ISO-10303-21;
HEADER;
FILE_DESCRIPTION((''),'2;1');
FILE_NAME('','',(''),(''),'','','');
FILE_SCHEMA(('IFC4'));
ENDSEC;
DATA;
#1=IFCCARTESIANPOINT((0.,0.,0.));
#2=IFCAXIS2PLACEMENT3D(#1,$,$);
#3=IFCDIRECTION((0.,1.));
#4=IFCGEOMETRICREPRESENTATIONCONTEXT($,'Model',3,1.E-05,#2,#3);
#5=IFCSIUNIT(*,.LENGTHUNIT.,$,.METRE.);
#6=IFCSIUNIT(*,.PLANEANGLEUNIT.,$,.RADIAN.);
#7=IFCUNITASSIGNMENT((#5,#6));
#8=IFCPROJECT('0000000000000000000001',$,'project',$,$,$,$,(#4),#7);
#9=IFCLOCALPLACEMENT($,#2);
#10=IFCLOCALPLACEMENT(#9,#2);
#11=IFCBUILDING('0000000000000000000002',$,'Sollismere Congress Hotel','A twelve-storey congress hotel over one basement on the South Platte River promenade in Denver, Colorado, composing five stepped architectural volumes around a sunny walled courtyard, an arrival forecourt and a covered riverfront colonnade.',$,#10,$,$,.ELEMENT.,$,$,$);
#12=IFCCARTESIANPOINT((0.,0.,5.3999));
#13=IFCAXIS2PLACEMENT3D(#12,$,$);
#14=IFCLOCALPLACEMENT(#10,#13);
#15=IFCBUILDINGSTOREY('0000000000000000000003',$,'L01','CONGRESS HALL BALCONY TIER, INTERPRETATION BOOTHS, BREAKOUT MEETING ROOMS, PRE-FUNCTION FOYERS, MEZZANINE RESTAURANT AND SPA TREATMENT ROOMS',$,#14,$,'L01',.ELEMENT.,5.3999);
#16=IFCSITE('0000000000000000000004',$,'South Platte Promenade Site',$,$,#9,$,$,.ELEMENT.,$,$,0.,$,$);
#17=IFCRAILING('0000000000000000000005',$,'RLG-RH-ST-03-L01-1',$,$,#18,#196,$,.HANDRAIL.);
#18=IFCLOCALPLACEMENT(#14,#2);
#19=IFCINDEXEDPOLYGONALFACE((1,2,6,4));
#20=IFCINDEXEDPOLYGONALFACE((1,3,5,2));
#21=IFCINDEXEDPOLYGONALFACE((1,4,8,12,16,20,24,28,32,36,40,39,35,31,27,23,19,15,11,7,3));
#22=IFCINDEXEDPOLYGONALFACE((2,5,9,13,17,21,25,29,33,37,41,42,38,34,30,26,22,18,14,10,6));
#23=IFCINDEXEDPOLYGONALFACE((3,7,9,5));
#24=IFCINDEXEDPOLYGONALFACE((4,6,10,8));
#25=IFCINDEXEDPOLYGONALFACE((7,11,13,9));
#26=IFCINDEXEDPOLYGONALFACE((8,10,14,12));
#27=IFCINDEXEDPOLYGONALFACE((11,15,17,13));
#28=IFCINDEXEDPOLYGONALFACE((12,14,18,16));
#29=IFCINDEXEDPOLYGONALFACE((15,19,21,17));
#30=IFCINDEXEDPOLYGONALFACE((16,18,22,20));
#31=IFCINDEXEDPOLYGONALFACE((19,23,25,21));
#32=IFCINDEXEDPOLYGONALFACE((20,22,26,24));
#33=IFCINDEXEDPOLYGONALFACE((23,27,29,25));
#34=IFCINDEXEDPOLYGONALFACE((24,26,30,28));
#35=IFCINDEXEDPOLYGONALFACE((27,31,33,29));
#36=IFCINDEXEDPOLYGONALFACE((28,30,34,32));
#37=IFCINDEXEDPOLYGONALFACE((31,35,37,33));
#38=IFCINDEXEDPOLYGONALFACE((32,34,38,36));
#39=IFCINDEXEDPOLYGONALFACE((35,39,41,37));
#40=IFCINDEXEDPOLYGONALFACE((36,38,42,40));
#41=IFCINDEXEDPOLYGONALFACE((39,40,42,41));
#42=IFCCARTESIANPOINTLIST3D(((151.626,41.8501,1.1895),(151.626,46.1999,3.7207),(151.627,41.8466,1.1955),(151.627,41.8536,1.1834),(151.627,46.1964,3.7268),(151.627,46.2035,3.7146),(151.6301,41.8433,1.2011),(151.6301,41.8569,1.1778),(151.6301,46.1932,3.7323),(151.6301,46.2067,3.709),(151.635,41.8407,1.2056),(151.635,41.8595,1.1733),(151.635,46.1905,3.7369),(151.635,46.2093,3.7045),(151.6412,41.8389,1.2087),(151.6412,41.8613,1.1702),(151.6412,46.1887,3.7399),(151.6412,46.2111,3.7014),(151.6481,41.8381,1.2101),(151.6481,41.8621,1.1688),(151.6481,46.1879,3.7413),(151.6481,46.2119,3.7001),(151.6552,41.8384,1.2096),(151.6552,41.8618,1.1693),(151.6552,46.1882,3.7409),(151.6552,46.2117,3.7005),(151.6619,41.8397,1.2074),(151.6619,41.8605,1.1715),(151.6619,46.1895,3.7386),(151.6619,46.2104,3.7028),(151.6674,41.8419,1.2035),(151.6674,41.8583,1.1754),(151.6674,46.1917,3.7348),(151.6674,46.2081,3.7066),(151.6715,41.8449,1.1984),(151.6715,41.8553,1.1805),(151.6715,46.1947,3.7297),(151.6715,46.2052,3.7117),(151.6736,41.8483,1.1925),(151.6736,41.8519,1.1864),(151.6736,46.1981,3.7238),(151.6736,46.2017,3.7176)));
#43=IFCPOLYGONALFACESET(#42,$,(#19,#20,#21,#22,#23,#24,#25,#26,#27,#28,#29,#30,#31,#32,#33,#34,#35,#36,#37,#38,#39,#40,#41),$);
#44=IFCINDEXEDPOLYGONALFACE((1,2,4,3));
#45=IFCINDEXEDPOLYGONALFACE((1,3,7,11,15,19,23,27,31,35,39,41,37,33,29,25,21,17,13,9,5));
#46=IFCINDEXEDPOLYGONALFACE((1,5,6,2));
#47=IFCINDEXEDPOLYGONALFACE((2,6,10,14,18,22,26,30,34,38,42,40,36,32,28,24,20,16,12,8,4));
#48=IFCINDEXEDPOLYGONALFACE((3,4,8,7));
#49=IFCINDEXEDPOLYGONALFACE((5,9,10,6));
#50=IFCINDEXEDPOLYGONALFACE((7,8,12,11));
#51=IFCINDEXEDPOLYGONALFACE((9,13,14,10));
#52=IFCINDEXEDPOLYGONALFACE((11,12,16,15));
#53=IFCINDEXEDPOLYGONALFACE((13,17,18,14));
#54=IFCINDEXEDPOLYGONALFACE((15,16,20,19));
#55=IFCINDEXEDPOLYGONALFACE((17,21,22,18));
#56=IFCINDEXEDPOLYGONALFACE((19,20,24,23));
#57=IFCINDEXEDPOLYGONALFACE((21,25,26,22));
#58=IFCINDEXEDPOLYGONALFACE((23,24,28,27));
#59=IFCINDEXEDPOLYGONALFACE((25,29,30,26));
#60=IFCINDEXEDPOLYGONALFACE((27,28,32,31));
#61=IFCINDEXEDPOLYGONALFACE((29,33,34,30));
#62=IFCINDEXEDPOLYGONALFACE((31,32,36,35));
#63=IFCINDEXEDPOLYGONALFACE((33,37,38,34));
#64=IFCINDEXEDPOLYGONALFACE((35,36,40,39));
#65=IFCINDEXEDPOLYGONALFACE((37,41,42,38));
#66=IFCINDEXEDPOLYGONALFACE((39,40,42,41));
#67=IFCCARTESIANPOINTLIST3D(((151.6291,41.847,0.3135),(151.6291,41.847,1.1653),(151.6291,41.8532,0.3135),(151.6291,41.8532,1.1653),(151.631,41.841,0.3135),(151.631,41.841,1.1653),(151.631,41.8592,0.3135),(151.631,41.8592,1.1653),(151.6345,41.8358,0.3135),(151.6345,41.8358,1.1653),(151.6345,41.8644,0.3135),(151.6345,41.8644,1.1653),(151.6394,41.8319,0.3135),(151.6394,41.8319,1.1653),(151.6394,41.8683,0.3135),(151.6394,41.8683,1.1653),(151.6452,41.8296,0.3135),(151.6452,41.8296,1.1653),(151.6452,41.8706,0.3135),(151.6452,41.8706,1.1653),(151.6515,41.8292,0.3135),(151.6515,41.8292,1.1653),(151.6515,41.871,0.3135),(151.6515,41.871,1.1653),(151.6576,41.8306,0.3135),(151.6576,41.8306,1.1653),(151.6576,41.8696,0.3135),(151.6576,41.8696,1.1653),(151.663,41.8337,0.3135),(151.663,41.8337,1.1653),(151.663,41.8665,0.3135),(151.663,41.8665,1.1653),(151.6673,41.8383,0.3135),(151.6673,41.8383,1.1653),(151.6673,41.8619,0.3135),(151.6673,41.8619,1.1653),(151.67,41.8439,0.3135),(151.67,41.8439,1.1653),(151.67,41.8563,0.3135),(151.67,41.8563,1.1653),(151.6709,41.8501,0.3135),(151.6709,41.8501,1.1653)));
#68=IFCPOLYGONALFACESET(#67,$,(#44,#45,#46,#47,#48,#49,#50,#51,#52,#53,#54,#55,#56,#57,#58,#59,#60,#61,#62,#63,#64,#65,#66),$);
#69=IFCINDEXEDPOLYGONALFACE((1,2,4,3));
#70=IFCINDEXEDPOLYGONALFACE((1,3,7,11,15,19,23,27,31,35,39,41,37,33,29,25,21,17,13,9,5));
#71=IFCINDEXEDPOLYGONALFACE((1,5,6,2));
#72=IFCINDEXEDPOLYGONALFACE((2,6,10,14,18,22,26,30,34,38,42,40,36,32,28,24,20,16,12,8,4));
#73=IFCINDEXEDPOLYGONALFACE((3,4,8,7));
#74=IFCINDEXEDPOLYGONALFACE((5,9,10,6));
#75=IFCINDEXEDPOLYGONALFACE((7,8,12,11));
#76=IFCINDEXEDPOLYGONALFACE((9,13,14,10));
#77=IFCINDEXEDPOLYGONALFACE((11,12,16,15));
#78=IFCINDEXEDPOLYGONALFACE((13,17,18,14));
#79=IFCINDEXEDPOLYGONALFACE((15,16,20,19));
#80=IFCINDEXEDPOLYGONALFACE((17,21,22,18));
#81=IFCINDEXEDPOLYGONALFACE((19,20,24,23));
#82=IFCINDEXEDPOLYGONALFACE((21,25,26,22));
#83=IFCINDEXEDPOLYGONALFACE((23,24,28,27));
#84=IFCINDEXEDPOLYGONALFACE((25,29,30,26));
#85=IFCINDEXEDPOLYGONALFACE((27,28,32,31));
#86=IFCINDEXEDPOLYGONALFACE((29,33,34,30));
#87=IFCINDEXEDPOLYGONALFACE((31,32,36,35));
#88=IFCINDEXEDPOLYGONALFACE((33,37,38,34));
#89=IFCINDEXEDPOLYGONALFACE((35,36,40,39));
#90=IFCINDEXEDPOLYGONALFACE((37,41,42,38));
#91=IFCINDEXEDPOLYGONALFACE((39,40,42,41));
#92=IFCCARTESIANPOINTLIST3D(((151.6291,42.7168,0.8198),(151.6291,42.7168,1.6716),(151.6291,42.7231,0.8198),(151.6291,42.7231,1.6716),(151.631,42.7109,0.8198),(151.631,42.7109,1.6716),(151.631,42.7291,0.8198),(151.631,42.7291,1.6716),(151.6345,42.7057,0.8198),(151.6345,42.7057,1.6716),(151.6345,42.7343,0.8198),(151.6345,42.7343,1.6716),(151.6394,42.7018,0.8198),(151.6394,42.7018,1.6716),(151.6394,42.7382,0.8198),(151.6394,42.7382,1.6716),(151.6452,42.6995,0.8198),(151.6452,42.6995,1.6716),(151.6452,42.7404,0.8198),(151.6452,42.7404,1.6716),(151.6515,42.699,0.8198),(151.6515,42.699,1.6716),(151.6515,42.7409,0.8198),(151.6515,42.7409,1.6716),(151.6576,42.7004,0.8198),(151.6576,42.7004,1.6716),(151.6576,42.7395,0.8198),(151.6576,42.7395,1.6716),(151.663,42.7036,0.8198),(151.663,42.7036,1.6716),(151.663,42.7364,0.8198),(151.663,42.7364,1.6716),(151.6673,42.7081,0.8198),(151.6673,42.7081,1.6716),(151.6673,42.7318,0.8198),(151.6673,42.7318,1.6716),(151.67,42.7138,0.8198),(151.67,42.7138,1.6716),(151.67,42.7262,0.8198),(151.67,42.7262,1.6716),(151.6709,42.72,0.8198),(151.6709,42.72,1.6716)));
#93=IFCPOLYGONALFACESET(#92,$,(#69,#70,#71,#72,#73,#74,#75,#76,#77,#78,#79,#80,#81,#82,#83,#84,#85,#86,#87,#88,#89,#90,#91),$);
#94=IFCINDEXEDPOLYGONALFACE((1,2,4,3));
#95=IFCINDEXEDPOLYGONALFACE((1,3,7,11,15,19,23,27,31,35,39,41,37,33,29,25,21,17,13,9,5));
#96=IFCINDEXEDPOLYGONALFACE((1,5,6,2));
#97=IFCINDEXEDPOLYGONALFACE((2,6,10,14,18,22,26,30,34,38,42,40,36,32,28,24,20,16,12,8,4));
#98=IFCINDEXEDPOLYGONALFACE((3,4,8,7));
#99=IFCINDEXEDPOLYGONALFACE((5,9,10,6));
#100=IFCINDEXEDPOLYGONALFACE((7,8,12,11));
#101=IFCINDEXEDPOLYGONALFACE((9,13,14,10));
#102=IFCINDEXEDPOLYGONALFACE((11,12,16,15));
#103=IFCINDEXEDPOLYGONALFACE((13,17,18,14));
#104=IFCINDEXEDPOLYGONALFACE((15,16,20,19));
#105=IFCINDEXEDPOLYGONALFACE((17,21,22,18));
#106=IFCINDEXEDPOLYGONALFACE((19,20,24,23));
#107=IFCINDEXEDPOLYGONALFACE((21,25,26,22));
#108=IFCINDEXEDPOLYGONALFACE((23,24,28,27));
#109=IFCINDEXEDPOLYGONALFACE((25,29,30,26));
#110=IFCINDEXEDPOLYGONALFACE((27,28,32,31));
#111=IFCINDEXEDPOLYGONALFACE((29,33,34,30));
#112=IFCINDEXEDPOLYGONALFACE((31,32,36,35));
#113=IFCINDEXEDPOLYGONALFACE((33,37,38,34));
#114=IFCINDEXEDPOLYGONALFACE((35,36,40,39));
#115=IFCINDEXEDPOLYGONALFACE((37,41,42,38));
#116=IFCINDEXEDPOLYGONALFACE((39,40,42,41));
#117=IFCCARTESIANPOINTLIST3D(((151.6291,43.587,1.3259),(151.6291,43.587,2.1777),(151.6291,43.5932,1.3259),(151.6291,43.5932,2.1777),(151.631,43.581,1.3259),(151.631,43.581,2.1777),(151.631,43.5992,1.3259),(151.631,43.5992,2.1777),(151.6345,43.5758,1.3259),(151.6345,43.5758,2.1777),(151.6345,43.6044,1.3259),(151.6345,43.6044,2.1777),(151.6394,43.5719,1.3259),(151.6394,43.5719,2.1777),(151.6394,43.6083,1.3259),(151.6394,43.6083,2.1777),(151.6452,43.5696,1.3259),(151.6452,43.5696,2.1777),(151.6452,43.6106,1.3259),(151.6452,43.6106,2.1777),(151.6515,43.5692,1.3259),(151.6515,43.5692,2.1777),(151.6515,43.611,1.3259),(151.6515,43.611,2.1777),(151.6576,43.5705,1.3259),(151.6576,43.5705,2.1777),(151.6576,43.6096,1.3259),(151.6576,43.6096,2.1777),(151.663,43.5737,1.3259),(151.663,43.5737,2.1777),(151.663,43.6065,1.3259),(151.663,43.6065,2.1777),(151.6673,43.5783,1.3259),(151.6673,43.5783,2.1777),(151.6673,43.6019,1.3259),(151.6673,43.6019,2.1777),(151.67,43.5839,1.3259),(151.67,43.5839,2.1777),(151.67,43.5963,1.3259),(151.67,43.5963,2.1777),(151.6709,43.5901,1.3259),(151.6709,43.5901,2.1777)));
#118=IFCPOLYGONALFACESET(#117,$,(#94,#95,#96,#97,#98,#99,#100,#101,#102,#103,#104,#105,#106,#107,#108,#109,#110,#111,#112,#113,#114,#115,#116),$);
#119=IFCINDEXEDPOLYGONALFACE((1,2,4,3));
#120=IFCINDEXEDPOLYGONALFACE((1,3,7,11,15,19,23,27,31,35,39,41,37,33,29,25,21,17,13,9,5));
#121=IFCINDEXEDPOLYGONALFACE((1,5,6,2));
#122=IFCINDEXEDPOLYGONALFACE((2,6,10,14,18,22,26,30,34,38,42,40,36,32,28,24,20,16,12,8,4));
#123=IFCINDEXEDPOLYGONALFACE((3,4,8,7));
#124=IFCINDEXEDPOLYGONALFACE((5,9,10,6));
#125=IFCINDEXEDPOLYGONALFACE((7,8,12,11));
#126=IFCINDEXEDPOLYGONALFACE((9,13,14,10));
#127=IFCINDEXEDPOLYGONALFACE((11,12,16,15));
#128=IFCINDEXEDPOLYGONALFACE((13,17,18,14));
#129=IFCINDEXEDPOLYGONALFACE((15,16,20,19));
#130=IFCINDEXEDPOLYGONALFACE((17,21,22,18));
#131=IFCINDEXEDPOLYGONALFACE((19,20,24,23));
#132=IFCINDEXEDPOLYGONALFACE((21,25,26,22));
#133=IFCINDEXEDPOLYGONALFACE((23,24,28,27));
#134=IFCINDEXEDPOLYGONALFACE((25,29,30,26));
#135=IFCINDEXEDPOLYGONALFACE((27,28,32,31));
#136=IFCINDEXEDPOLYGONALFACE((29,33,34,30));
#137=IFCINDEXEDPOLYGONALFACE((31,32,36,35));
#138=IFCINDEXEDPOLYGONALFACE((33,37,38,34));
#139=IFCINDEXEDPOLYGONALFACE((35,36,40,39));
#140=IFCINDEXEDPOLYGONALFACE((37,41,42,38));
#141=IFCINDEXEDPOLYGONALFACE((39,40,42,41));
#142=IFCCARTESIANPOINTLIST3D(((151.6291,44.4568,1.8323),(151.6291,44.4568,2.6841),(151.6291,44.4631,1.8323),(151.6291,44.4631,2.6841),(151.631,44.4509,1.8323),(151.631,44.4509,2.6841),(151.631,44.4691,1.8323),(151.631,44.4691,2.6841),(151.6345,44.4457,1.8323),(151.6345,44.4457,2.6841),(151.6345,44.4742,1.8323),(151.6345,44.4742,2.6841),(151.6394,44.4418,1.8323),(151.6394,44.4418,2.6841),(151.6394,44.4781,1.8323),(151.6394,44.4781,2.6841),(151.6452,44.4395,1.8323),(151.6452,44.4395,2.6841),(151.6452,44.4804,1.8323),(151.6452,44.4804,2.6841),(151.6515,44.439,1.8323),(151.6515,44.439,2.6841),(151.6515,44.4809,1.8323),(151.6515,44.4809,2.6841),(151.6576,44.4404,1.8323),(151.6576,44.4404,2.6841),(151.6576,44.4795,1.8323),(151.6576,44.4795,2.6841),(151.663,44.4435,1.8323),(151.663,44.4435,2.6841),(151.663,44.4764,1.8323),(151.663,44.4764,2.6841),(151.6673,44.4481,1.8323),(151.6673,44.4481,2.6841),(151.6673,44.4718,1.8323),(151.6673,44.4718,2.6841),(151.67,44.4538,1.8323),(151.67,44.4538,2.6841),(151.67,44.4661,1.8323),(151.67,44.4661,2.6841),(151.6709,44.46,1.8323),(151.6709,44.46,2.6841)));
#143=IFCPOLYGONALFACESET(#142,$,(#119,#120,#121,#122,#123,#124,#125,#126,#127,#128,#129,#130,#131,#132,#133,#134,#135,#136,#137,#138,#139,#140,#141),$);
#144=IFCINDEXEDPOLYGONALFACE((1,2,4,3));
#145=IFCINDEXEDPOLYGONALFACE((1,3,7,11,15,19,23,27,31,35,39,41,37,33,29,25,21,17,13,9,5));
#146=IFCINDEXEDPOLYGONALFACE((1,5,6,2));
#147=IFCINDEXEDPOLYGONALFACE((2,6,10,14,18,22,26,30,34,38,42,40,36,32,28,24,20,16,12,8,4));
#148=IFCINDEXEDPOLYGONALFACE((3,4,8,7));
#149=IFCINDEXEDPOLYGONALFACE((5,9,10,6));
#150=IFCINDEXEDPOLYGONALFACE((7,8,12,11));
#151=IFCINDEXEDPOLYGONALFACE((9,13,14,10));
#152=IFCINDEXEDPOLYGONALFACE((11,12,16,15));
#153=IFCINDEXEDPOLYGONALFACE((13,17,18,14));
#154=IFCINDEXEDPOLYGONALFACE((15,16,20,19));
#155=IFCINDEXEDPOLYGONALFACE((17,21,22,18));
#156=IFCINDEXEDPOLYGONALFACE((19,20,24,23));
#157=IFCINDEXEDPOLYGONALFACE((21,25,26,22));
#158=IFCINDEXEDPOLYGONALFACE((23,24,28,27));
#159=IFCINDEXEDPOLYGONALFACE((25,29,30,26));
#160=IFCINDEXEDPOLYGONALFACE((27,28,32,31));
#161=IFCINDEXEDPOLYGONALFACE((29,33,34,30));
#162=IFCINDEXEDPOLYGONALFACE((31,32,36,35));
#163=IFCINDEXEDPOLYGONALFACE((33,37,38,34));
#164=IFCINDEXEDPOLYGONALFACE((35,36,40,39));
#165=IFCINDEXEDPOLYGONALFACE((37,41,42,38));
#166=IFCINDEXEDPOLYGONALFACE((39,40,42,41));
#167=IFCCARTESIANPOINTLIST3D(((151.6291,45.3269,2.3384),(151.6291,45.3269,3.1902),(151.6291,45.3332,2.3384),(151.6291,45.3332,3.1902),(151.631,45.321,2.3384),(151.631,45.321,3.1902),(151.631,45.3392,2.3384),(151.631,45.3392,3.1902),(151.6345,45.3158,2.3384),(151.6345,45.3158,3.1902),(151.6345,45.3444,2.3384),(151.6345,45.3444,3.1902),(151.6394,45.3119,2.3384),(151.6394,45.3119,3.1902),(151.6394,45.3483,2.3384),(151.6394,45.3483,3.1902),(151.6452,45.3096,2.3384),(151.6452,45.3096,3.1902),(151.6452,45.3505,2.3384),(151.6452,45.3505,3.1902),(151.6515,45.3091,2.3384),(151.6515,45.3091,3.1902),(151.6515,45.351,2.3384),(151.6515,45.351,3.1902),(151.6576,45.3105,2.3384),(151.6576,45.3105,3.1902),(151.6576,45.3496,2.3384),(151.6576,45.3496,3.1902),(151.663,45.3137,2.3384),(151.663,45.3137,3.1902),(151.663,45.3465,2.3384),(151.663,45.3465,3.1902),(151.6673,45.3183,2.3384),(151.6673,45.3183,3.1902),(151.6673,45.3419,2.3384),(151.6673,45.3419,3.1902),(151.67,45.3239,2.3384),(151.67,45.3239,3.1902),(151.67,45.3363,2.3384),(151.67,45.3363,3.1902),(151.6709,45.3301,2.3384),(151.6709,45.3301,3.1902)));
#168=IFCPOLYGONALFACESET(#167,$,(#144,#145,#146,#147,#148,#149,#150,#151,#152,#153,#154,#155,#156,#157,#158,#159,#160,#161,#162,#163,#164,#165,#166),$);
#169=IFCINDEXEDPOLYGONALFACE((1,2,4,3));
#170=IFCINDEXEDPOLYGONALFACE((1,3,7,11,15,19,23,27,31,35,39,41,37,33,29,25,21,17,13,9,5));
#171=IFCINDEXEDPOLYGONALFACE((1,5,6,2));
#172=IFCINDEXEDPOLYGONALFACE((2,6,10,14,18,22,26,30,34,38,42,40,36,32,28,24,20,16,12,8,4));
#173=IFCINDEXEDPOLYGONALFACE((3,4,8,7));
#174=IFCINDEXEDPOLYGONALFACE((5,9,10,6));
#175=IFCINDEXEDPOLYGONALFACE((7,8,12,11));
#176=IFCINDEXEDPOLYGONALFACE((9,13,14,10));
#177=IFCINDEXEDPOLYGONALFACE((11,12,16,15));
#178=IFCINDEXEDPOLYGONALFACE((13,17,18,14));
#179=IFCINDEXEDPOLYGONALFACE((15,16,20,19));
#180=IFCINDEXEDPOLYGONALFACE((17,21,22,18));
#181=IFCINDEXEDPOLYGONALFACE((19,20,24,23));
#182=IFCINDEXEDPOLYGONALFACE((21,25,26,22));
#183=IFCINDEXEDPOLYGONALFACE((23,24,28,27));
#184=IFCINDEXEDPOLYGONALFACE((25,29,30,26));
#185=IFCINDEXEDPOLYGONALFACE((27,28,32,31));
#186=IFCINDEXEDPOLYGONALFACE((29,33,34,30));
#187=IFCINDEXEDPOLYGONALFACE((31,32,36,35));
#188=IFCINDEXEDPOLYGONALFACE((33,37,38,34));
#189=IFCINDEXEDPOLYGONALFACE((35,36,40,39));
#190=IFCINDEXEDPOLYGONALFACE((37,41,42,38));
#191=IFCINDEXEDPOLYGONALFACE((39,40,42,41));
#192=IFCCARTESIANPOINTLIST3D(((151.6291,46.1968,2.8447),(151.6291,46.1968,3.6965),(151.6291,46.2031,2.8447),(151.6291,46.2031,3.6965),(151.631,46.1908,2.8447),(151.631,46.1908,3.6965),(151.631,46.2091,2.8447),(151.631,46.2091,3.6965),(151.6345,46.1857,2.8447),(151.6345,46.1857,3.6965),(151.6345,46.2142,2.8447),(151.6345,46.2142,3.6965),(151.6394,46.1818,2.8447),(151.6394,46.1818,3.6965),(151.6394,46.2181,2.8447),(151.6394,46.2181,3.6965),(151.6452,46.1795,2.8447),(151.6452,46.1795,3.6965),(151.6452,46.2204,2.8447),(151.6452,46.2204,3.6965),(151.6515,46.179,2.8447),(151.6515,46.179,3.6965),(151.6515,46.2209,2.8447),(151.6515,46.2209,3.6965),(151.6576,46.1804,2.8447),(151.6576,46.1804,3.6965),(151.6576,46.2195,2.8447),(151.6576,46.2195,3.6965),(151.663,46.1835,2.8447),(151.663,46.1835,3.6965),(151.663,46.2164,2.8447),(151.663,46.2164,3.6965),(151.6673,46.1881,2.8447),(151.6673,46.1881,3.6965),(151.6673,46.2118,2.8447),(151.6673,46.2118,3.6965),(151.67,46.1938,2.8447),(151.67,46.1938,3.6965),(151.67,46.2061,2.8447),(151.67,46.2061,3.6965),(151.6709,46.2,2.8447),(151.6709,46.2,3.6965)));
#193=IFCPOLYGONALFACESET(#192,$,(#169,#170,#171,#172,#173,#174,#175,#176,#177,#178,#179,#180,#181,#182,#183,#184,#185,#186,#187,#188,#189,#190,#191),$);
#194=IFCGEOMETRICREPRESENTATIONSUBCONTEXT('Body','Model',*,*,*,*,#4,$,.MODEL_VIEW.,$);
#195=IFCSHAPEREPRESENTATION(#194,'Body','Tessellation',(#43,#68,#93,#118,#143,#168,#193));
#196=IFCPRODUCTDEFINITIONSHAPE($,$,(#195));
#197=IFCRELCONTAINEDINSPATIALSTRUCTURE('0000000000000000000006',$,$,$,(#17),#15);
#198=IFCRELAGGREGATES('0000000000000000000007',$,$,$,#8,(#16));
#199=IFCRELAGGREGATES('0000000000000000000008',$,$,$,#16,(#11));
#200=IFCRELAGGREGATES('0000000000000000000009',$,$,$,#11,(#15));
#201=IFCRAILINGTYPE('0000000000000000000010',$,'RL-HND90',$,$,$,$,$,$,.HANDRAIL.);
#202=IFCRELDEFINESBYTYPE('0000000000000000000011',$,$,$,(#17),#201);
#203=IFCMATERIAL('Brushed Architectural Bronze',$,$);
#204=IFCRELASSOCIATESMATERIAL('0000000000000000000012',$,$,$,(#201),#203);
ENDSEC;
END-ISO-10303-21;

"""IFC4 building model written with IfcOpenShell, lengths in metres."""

from ifc_helpers import new_model, si_unit, direction, frame, origin, origin_2d, place, context, subcontext, project, spatial, circle, extrude, material, type_object, element, save


model = new_model("IFC4")

# Units and contexts
model_context = context("Model", 3, precision=1e-05, world=origin(), true_north=direction((0.0, 1.0)))
body_context = subcontext(model_context, "Body", "Model", "MODEL_VIEW")
ifc_project = project(units=[si_unit("LENGTHUNIT", "METRE"), si_unit("PLANEANGLEUNIT", "RADIAN")], contexts=[model_context])

# Site, building, storey
site_placement = place(None, origin())
site = spatial("IfcSite", under=ifc_project, at=site_placement, Name="South Platte Promenade Site", CompositionType="ELEMENT", RefElevation=0.0)
building_placement = place(site_placement, origin())
building = spatial("IfcBuilding", under=site, at=building_placement, Name="Sollismere Congress Hotel", Description="A twelve-storey congress hotel over one basement on the South Platte River promenade in Denver, Colorado, composing five stepped architectural volumes around a sunny walled courtyard, an arrival forecourt and a covered riverfront colonnade.", CompositionType="ELEMENT")
storey_placement = place(building_placement, frame((0.0, 0.0, 5.3999)))
storey = spatial("IfcBuildingStorey", under=building, at=storey_placement, Name="L01", Description="CONGRESS HALL BALCONY TIER, INTERPRETATION BOOTHS, BREAKOUT MEETING ROOMS, PRE-FUNCTION FOYERS, MEZZANINE RESTAURANT AND SPA TREATMENT ROOMS", LongName="L01", CompositionType="ELEMENT", Elevation=5.3999)

# Railing
ifc_material_1 = material(Name="Brushed Architectural Bronze")
railing_type_1 = type_object("IfcRailingType", Name="RL-HND90", PredefinedType="HANDRAIL", material=ifc_material_1)
railing_1_placement = place(storey_placement, frame((151.6499, 41.8501, 0.3135)))
element("IfcRailing", 1, at=railing_1_placement, inside=storey, type_object=railing_type_1, Name="RLG-RH-ST-03-L01-1", PredefinedType="HANDRAIL", context=body_context, shape_type="SweptSolid", body=[
    extrude(circle(Radius=0.0239, at=origin_2d()), frame((0.0, 0.0, 0.876), z_axis=(0.0, 0.864312, 0.502957), x_axis=(-1.0, 0.0, 0.0)), (0.0, 0.0, 1.0), 5.0327),
    extrude(circle(Radius=0.021, at=origin_2d()), origin(), (0.0, 0.0, 1.0), 0.8518),
    extrude(circle(Radius=0.021, at=origin_2d()), frame((0.0, 0.8699, 0.5063)), (0.0, 0.0, 1.0), 0.8518),
    extrude(circle(Radius=0.021, at=origin_2d()), frame((0.0, 1.74, 1.0125)), (0.0, 0.0, 1.0), 0.8518),
    extrude(circle(Radius=0.021, at=origin_2d()), frame((0.0, 2.6099, 1.5188)), (0.0, 0.0, 1.0), 0.8518),
    extrude(circle(Radius=0.021, at=origin_2d()), frame((0.0, 3.48, 2.0249)), (0.0, 0.0, 1.0), 0.8518),
    extrude(circle(Radius=0.021, at=origin_2d()), frame((0.0, 4.3499, 2.5312)), (0.0, 0.0, 1.0), 0.8518),
])

save(model, "model.ifc")
